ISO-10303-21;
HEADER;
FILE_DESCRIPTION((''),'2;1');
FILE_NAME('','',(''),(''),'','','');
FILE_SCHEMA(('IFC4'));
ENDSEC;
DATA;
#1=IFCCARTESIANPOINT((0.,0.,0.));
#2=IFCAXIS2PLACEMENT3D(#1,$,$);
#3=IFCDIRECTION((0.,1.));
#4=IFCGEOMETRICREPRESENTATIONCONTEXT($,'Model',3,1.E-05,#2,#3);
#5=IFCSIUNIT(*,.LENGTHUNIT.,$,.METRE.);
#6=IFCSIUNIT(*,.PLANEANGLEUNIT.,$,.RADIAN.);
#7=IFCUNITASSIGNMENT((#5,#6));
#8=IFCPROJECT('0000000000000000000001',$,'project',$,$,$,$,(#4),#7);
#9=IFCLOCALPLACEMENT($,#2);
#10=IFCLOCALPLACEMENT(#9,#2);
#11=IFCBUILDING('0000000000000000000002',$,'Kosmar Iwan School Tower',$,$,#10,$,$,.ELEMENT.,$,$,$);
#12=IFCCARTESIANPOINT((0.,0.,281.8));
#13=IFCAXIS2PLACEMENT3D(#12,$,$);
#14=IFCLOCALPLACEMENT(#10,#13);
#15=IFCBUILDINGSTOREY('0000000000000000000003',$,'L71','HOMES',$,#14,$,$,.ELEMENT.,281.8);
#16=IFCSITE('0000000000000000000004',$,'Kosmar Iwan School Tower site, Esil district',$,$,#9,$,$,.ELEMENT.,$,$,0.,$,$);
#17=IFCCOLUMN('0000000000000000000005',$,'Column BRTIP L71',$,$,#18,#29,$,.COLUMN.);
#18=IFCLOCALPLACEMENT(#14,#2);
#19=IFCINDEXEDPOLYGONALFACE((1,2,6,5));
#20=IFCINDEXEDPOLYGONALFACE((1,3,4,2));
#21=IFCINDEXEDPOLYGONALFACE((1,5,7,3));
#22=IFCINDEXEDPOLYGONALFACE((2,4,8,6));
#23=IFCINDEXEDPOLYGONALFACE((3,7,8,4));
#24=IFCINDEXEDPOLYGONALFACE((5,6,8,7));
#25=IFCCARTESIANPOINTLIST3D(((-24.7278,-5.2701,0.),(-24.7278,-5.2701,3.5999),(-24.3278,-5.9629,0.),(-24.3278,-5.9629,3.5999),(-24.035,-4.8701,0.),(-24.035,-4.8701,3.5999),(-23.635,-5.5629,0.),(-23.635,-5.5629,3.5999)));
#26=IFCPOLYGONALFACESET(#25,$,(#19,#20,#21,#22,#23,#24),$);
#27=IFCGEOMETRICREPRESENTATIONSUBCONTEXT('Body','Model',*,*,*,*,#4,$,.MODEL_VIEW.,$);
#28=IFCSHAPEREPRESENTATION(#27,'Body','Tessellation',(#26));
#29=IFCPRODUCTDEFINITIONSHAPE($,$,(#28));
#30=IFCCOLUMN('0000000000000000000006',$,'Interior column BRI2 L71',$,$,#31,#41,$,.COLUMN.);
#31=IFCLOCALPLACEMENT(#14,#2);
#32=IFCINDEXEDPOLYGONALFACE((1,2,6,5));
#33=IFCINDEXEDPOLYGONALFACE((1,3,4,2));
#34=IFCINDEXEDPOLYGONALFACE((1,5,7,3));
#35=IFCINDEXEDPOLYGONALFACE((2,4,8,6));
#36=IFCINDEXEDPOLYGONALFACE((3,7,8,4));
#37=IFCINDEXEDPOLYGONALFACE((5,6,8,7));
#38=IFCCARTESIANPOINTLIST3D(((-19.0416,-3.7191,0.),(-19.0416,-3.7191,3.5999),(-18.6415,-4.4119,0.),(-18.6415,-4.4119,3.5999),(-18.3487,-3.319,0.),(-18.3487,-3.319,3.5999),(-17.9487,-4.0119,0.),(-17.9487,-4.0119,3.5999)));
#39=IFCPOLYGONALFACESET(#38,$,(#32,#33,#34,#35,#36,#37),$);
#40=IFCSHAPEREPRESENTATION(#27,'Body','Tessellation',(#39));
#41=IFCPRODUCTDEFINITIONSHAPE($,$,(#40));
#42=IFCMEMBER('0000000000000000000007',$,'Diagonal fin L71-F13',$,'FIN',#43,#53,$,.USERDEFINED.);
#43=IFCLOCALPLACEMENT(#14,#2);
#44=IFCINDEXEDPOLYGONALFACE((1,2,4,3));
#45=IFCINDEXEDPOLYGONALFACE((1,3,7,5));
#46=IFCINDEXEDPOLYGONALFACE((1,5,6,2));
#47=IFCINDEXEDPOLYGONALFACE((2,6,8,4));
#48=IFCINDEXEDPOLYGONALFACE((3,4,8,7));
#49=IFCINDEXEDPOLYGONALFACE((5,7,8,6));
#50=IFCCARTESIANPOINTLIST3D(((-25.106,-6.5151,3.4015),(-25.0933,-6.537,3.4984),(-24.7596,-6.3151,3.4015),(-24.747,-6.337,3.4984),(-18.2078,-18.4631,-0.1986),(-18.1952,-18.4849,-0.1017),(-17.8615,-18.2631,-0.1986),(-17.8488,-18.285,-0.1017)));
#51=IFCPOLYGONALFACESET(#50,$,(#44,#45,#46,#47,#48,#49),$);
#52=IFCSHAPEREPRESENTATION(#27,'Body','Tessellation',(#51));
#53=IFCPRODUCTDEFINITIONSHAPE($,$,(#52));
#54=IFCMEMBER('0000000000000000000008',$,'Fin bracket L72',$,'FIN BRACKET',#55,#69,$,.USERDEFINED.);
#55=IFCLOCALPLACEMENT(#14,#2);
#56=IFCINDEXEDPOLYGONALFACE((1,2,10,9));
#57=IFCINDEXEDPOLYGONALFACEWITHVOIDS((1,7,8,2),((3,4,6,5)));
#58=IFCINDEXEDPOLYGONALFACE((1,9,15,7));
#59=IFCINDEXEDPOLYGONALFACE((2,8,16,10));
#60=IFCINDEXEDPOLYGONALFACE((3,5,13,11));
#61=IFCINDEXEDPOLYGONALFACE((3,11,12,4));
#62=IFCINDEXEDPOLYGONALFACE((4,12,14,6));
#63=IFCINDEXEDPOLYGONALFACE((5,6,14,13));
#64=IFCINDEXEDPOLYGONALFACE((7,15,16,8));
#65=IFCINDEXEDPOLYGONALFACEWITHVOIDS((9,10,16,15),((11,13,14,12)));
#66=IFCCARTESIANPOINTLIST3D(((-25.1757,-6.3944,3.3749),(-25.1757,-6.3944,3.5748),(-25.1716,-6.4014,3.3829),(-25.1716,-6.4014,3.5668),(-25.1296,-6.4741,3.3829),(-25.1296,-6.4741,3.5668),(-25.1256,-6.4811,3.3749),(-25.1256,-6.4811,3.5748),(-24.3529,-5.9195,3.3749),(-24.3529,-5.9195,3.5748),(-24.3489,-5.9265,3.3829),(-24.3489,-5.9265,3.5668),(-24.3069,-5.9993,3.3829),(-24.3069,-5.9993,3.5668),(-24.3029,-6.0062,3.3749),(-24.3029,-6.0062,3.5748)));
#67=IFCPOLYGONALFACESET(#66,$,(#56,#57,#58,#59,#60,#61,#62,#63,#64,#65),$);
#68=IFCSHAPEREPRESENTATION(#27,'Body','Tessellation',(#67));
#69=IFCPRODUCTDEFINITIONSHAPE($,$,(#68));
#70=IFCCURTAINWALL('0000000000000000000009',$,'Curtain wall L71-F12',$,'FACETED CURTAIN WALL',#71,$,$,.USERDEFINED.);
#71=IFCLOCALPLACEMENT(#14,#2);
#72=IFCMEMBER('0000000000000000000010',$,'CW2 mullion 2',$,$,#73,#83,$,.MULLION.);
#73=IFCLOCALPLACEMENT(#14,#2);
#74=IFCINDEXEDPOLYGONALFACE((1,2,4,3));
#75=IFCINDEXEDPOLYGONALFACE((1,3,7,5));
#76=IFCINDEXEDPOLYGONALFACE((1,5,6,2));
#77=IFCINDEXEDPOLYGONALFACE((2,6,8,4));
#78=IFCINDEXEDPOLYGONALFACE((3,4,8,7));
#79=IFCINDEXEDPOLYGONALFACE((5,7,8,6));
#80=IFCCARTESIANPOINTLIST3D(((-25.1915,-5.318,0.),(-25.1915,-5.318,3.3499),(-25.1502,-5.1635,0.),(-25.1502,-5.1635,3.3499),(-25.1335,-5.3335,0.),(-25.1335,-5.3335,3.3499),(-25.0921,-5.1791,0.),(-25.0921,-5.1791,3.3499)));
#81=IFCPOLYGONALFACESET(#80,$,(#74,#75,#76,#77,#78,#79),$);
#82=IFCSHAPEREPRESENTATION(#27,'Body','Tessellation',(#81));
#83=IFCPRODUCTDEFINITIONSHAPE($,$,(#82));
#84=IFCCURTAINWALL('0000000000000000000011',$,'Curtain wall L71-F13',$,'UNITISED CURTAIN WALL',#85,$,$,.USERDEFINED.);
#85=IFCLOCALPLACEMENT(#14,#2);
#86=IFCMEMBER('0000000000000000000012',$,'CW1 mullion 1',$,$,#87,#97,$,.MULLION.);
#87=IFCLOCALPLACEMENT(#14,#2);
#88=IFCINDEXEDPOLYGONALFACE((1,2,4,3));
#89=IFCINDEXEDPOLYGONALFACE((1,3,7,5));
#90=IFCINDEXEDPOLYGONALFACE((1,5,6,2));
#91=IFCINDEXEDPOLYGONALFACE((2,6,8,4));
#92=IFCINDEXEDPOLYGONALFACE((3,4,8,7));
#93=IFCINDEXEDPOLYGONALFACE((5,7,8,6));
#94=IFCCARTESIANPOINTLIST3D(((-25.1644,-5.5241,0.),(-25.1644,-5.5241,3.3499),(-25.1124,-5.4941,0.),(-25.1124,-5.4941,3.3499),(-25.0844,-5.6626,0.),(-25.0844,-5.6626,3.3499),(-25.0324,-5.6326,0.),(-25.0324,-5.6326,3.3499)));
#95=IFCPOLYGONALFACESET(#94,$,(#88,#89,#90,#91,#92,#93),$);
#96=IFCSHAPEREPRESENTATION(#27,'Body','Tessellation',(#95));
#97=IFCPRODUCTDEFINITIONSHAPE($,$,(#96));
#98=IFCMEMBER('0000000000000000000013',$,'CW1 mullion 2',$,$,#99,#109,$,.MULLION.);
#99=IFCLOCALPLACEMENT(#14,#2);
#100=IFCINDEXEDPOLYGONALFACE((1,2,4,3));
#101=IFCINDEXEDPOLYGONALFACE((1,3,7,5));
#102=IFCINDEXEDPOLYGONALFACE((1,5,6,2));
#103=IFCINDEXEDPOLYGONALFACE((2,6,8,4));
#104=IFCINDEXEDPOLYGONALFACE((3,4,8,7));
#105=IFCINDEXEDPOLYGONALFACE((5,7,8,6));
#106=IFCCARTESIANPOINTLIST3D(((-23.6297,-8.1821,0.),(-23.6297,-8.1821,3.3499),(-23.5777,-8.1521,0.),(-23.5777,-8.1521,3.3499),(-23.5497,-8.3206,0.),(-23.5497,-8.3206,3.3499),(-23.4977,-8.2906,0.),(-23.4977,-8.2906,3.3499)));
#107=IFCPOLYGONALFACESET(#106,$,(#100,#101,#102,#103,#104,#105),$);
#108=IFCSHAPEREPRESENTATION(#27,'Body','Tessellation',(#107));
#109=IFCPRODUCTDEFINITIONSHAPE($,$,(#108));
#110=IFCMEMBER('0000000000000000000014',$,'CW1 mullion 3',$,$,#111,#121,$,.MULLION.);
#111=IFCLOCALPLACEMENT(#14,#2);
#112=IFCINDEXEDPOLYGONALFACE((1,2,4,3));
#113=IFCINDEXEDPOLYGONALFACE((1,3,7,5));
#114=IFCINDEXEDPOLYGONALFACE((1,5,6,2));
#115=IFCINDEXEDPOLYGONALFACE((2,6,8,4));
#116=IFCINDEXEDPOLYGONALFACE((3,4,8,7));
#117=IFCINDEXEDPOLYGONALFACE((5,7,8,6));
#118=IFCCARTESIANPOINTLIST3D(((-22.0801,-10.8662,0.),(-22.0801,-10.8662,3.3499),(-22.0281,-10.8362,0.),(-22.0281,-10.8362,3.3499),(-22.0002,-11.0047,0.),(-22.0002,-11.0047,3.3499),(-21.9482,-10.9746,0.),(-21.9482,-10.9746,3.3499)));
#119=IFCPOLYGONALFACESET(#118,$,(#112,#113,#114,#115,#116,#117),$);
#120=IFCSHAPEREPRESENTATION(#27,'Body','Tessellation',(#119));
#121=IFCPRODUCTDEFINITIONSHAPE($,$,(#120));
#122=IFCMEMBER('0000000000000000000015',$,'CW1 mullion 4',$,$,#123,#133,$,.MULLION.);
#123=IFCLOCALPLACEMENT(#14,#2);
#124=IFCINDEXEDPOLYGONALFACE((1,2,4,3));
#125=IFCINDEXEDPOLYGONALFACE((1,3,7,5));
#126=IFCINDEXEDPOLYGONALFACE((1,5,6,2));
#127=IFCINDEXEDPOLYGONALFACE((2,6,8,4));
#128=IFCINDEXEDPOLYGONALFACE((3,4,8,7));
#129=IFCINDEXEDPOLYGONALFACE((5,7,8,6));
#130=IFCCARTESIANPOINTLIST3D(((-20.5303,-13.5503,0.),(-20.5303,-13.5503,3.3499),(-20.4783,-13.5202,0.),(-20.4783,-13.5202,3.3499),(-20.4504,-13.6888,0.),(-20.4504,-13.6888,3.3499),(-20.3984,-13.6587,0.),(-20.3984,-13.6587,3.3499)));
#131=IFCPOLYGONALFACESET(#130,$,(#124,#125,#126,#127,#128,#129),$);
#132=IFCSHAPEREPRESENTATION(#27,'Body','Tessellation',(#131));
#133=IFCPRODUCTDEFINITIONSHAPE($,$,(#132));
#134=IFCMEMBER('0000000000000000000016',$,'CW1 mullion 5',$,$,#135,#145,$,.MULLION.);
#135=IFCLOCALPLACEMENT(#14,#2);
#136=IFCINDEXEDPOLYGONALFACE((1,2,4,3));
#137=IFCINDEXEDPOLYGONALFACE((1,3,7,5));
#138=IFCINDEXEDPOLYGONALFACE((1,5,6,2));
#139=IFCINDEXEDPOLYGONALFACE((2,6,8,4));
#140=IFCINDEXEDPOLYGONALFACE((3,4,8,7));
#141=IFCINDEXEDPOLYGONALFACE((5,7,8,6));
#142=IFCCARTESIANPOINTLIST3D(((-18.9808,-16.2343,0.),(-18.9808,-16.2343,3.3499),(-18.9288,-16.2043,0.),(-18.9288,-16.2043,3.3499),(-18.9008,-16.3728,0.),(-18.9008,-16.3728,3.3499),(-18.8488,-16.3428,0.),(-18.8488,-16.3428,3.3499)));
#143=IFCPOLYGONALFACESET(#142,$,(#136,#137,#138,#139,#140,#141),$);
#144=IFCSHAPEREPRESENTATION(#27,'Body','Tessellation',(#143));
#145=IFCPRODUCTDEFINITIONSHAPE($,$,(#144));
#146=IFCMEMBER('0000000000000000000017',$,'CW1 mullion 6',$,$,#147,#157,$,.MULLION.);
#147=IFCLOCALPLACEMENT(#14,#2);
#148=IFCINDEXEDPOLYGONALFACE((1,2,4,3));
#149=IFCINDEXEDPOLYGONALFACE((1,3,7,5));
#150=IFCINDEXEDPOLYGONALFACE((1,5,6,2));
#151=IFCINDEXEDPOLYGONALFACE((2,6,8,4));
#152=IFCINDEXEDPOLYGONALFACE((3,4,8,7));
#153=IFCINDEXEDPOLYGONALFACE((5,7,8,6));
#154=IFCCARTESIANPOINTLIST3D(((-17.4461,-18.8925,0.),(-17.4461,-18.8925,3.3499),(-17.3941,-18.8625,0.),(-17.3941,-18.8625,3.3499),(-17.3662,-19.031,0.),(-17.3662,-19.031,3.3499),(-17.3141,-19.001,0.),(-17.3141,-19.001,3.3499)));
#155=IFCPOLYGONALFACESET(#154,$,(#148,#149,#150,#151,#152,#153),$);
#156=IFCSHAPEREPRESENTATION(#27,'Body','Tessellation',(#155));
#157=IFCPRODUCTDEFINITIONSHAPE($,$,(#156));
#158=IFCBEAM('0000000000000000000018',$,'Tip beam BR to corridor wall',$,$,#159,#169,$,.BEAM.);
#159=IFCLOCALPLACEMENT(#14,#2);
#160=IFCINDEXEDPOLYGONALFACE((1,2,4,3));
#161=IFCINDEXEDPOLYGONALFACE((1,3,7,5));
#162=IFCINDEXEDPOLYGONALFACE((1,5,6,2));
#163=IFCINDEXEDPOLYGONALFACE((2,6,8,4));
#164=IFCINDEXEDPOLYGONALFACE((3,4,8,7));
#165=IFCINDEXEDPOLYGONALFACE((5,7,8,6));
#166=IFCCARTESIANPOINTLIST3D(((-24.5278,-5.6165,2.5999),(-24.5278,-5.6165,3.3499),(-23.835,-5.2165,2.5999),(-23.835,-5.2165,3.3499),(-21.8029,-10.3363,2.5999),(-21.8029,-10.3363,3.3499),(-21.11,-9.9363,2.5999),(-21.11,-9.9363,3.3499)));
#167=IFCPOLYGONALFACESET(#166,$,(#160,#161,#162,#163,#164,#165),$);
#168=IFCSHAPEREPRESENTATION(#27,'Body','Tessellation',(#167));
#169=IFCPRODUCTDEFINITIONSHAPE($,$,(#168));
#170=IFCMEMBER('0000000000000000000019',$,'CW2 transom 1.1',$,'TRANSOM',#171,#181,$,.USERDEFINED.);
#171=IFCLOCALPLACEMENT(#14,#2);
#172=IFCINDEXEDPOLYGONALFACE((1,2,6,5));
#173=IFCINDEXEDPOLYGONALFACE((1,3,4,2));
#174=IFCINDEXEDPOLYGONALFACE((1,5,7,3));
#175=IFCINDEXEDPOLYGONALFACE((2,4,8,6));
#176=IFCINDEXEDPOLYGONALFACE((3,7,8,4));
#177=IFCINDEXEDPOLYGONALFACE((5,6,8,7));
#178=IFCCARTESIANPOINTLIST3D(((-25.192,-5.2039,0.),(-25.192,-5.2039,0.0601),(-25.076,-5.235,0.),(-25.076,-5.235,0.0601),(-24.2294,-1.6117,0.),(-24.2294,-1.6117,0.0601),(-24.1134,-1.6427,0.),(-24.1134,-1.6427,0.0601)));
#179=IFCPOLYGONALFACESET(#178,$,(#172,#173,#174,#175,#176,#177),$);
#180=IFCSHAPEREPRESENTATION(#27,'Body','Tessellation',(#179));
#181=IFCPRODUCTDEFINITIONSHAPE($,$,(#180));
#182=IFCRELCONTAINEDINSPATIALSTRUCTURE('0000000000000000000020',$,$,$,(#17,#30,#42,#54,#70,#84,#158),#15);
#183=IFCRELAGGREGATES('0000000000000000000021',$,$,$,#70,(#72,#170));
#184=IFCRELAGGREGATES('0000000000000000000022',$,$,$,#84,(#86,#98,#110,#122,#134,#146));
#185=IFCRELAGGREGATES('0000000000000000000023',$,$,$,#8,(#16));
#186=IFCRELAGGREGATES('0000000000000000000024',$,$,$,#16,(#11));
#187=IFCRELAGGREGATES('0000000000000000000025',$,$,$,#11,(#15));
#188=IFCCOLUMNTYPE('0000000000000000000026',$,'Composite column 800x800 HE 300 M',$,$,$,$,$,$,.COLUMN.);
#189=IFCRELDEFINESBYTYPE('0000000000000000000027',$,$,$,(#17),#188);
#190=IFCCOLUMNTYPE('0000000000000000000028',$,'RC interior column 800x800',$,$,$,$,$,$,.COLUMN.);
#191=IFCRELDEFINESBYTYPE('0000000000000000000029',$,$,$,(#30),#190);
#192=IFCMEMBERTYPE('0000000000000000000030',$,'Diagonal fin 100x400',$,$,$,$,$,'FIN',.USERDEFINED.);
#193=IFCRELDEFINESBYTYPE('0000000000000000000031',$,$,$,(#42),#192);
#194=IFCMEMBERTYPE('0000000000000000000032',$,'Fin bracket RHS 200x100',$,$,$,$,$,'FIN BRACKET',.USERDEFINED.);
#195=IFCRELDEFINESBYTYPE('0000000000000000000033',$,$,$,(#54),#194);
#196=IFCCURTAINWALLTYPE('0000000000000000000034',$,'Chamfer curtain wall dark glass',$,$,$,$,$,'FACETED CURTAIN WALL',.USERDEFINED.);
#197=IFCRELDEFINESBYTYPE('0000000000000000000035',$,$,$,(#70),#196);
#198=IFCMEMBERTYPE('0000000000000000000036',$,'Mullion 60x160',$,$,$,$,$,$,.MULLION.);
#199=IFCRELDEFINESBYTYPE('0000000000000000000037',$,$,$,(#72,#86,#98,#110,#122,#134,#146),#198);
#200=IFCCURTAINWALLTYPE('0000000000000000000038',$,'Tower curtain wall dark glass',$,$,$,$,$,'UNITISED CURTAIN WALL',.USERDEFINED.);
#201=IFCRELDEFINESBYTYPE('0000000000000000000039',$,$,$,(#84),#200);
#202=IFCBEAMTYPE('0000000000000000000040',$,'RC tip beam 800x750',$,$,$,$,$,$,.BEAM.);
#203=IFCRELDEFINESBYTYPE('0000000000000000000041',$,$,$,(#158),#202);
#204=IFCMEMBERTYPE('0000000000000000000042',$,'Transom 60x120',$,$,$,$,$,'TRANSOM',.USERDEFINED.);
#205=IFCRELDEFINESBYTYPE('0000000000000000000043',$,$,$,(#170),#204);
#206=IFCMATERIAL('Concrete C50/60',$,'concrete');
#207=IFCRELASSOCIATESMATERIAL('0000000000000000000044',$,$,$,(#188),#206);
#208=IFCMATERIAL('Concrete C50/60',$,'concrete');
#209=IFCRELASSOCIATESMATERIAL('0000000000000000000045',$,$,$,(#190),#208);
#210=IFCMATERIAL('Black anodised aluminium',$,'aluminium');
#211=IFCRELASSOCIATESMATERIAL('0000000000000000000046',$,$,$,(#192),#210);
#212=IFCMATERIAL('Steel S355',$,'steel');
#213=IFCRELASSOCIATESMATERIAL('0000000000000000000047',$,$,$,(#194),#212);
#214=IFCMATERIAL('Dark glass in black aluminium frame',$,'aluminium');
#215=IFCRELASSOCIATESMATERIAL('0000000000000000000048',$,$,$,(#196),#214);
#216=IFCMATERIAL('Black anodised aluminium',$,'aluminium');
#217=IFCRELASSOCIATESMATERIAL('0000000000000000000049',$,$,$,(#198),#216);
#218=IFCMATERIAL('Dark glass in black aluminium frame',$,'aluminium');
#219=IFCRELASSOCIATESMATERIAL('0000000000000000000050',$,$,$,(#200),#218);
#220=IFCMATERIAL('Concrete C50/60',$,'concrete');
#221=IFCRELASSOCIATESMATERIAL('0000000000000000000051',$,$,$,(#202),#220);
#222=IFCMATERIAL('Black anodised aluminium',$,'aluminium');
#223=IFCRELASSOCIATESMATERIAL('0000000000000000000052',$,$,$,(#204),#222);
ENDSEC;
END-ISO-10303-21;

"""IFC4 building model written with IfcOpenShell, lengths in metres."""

from ifc_helpers import new_model, si_unit, direction, frame, origin, origin_2d, place, context, subcontext, project, spatial, rectangle, hollow_rectangle, extrude, material, material_profile, profile_set, type_object, element, aggregate, save


model = new_model("IFC4")

# Units and contexts
model_context = context("Model", 3, precision=1e-05, world=origin(), true_north=direction((0.0, 1.0)))
body_context = subcontext(model_context, "Body", "Model", "MODEL_VIEW")
ifc_project = project(units=[si_unit("LENGTHUNIT", "METRE"), si_unit("PLANEANGLEUNIT", "RADIAN")], contexts=[model_context])

# Site, building, storey
site_placement = place(None, origin())
site = spatial("IfcSite", under=ifc_project, at=site_placement, Name="Kosmar Iwan School Tower site, Esil district", CompositionType="ELEMENT", RefElevation=0.0)
building_placement = place(site_placement, origin())
building = spatial("IfcBuilding", under=site, at=building_placement, Name="Kosmar Iwan School Tower", CompositionType="ELEMENT")
storey_placement = place(building_placement, frame((0.0, 0.0, 281.8)))
storey = spatial("IfcBuildingStorey", under=building, at=storey_placement, Name="L71", Description="HOMES", CompositionType="ELEMENT", Elevation=281.8)

# Columns
ifc_material_1 = material(Name="Concrete C50/60", Category="concrete")
ifc_material_profile_1 = material_profile(ifc_material_1, rectangle(XDim=0.8, YDim=0.8, at=origin_2d()), Name="RC 800x800 + HE 300 M")
ifc_profile_set_1 = profile_set([ifc_material_profile_1], Name="Concrete C50/60")
column_type_1 = type_object("IfcColumnType", Name="Composite column 800x800 HE 300 M", PredefinedType="COLUMN", material=ifc_profile_set_1)
column_1_placement = place(storey_placement, frame((-24.1814, -5.4165, 0.0), z_axis=(0.0, 0.0, 1.0), x_axis=(-0.866025, -0.5, 0.0)))
element("IfcColumn", 1, at=column_1_placement, inside=storey, type_object=column_type_1, Name="Column BRTIP L71", PredefinedType="COLUMN", context=body_context, shape_type="SweptSolid", body=[
    extrude(rectangle(XDim=0.8, YDim=0.8, at=origin_2d()), origin(), (0.0, 0.0, 1.0), 3.5999),
])
ifc_material_2 = material(Name="Concrete C50/60", Category="concrete")
ifc_material_profile_2 = material_profile(ifc_material_2, rectangle(XDim=0.8, YDim=0.8, at=origin_2d()), Name="RC 800x800")
ifc_profile_set_2 = profile_set([ifc_material_profile_2], Name="Concrete C50/60")
column_type_2 = type_object("IfcColumnType", Name="RC interior column 800x800", PredefinedType="COLUMN", material=ifc_profile_set_2)
column_2_placement = place(storey_placement, frame((-18.4951, -3.8655, 0.0), z_axis=(0.0, 0.0, 1.0), x_axis=(-0.866025, -0.5, 0.0)))
element("IfcColumn", 2, at=column_2_placement, inside=storey, type_object=column_type_2, Name="Interior column BRI2 L71", PredefinedType="COLUMN", context=body_context, shape_type="SweptSolid", body=[
    extrude(rectangle(XDim=0.8, YDim=0.8, at=origin_2d()), origin(), (0.0, 0.0, 1.0), 3.5999),
])

# Members
ifc_material_3 = material(Name="Black anodised aluminium", Category="aluminium")
ifc_material_profile_3 = material_profile(ifc_material_3, rectangle(XDim=0.1001, YDim=0.3999, at=origin_2d()), Name="FIN 100x400")
ifc_profile_set_3 = profile_set([ifc_material_profile_3], Name="Black anodised aluminium")
member_type_1 = type_object("IfcMemberType", Name="Diagonal fin 100x400", ElementType="FIN", PredefinedType="USERDEFINED", material=ifc_profile_set_3)
member_1_placement = place(storey_placement, frame((-18.0283, -18.374, -0.1501), z_axis=(-0.4838, 0.837965, 0.252491), x_axis=(0.126245, -0.218663, 0.967599)))
element("IfcMember", 3, at=member_1_placement, inside=storey, type_object=member_type_1, Name="Diagonal fin L71-F13", ObjectType="FIN", PredefinedType="USERDEFINED", context=body_context, shape_type="SweptSolid", body=[
    extrude(rectangle(XDim=0.1001, YDim=0.3999, at=origin_2d()), origin(), (0.0, 0.0, 1.0), 14.2583),
])
ifc_material_4 = material(Name="Steel S355", Category="steel")
ifc_material_profile_4 = material_profile(ifc_material_4, hollow_rectangle(XDim=0.1001, YDim=0.2, WallThickness=0.0081, at=origin_2d()), Name="RHS 200x100x8")
ifc_profile_set_4 = profile_set([ifc_material_profile_4], Name="Steel S355")
member_type_2 = type_object("IfcMemberType", Name="Fin bracket RHS 200x100", ElementType="FIN BRACKET", PredefinedType="USERDEFINED", material=ifc_profile_set_4)
member_2_placement = place(storey_placement, frame((-24.3279, -5.9629, 3.4749), z_axis=(-0.8661, -0.499871, 0.0), x_axis=(0.499871, -0.8661, 0.0)))
element("IfcMember", 4, at=member_2_placement, inside=storey, type_object=member_type_2, Name="Fin bracket L72", ObjectType="FIN BRACKET", PredefinedType="USERDEFINED", context=body_context, shape_type="SweptSolid", body=[
    extrude(hollow_rectangle(XDim=0.1001, YDim=0.2, WallThickness=0.0081, at=origin_2d()), origin(), (0.0, 0.0, 1.0), 0.95),
])

# Curtain wall, member
ifc_material_5 = material(Name="Dark glass in black aluminium frame", Category="aluminium")
curtain_wall_type_1 = type_object("IfcCurtainWallType", Name="Chamfer curtain wall dark glass", ElementType="FACETED CURTAIN WALL", PredefinedType="USERDEFINED", material=ifc_material_5)
curtain_wall_1_placement = place(storey_placement, origin())
curtain_wall_1 = element("IfcCurtainWall", 5, at=curtain_wall_1_placement, inside=storey, type_object=curtain_wall_type_1, Name="Curtain wall L71-F12", ObjectType="FACETED CURTAIN WALL", PredefinedType="USERDEFINED")
ifc_material_6 = material(Name="Black anodised aluminium", Category="aluminium")
ifc_material_profile_5 = material_profile(ifc_material_6, rectangle(XDim=0.0601, YDim=0.1599, at=origin_2d()), Name="MULLION 60x160")
ifc_profile_set_5 = profile_set([ifc_material_profile_5], Name="Black anodised aluminium")
member_type_3 = type_object("IfcMemberType", Name="Mullion 60x160", PredefinedType="MULLION", material=ifc_profile_set_5)
member_3_placement = place(storey_placement, frame((-25.1418, -5.2485, 0.0), z_axis=(0.0, 0.0, 1.0), x_axis=(0.965926, -0.258819, 0.0)))
member_3 = element("IfcMember", 6, at=member_3_placement, type_object=member_type_3, Name="CW2 mullion 2", PredefinedType="MULLION", context=body_context, shape_type="SweptSolid", body=[
    extrude(rectangle(XDim=0.0601, YDim=0.1599, at=origin_2d()), origin(), (0.0, 0.0, 1.0), 3.3499),
])

# Curtain wall, members
ifc_material_7 = material(Name="Dark glass in black aluminium frame", Category="aluminium")
curtain_wall_type_2 = type_object("IfcCurtainWallType", Name="Tower curtain wall dark glass", ElementType="UNITISED CURTAIN WALL", PredefinedType="USERDEFINED", material=ifc_material_7)
curtain_wall_2_placement = place(storey_placement, origin())
curtain_wall_2 = element("IfcCurtainWall", 7, at=curtain_wall_2_placement, inside=storey, type_object=curtain_wall_type_2, Name="Curtain wall L71-F13", ObjectType="UNITISED CURTAIN WALL", PredefinedType="USERDEFINED")
member_4_placement = place(storey_placement, frame((-25.0984, -5.5784, 0.0), z_axis=(0.0, 0.0, 1.0), x_axis=(0.866025, 0.5, 0.0)))
member_4 = element("IfcMember", 8, at=member_4_placement, type_object=member_type_3, Name="CW1 mullion 1", PredefinedType="MULLION", context=body_context, shape_type="SweptSolid", body=[
    extrude(rectangle(XDim=0.0601, YDim=0.1599, at=origin_2d()), origin(), (0.0, 0.0, 1.0), 3.3499),
])
member_5_placement = place(storey_placement, frame((-23.5637, -8.2363, 0.0), z_axis=(0.0, 0.0, 1.0), x_axis=(0.866025, 0.5, 0.0)))
member_5 = element("IfcMember", 9, at=member_5_placement, type_object=member_type_3, Name="CW1 mullion 2", PredefinedType="MULLION", context=body_context, shape_type="SweptSolid", body=[
    extrude(rectangle(XDim=0.0601, YDim=0.1599, at=origin_2d()), origin(), (0.0, 0.0, 1.0), 3.3499),
])
member_6_placement = place(storey_placement, frame((-22.0142, -10.9204, 0.0), z_axis=(0.0, 0.0, 1.0), x_axis=(0.866025, 0.5, 0.0)))
member_6 = element("IfcMember", 10, at=member_6_placement, type_object=member_type_3, Name="CW1 mullion 3", PredefinedType="MULLION", context=body_context, shape_type="SweptSolid", body=[
    extrude(rectangle(XDim=0.0601, YDim=0.1599, at=origin_2d()), origin(), (0.0, 0.0, 1.0), 3.3499),
])
member_7_placement = place(storey_placement, frame((-20.4644, -13.6045, 0.0), z_axis=(0.0, 0.0, 1.0), x_axis=(0.866025, 0.5, 0.0)))
member_7 = element("IfcMember", 11, at=member_7_placement, type_object=member_type_3, Name="CW1 mullion 4", PredefinedType="MULLION", context=body_context, shape_type="SweptSolid", body=[
    extrude(rectangle(XDim=0.0601, YDim=0.1599, at=origin_2d()), origin(), (0.0, 0.0, 1.0), 3.3499),
])
member_8_placement = place(storey_placement, frame((-18.9148, -16.2886, 0.0), z_axis=(0.0, 0.0, 1.0), x_axis=(0.866025, 0.5, 0.0)))
member_8 = element("IfcMember", 12, at=member_8_placement, type_object=member_type_3, Name="CW1 mullion 5", PredefinedType="MULLION", context=body_context, shape_type="SweptSolid", body=[
    extrude(rectangle(XDim=0.0601, YDim=0.1599, at=origin_2d()), origin(), (0.0, 0.0, 1.0), 3.3499),
])
member_9_placement = place(storey_placement, frame((-17.3801, -18.9468, 0.0), z_axis=(0.0, 0.0, 1.0), x_axis=(0.866025, 0.5, 0.0)))
member_9 = element("IfcMember", 13, at=member_9_placement, type_object=member_type_3, Name="CW1 mullion 6", PredefinedType="MULLION", context=body_context, shape_type="SweptSolid", body=[
    extrude(rectangle(XDim=0.0601, YDim=0.1599, at=origin_2d()), origin(), (0.0, 0.0, 1.0), 3.3499),
])

# Beam
ifc_material_8 = material(Name="Concrete C50/60", Category="concrete")
ifc_material_profile_6 = material_profile(ifc_material_8, rectangle(XDim=0.8, YDim=0.75, at=origin_2d()), Name="RC 800x750")
ifc_profile_set_6 = profile_set([ifc_material_profile_6], Name="Concrete C50/60")
beam_type = type_object("IfcBeamType", Name="RC tip beam 800x750", PredefinedType="BEAM", material=ifc_profile_set_6)
beam_placement = place(storey_placement, frame((-24.1814, -5.4165, 2.9749), z_axis=(0.499989, -0.866032, 0.0), x_axis=(0.866032, 0.499989, 0.0)))
element("IfcBeam", 14, at=beam_placement, inside=storey, type_object=beam_type, Name="Tip beam BR to corridor wall", PredefinedType="BEAM", context=body_context, shape_type="SweptSolid", body=[
    extrude(rectangle(XDim=0.8, YDim=0.75, at=origin_2d()), origin(), (0.0, 0.0, 1.0), 5.45),
])

# Member
ifc_material_9 = material(Name="Black anodised aluminium", Category="aluminium")
ifc_material_profile_7 = material_profile(ifc_material_9, rectangle(XDim=0.1201, YDim=0.0601, at=origin_2d()), Name="TRANSOM 60x120")
ifc_profile_set_7 = profile_set([ifc_material_profile_7], Name="Black anodised aluminium")
member_type_4 = type_object("IfcMemberType", Name="Transom 60x120", ElementType="TRANSOM", PredefinedType="USERDEFINED", material=ifc_profile_set_7)
member_10_placement = place(storey_placement, frame((-24.1714, -1.6272, 0.03), z_axis=(-0.258843, -0.965919, 0.0), x_axis=(0.965919, -0.258843, 0.0)))
member_10 = element("IfcMember", 15, at=member_10_placement, type_object=member_type_4, Name="CW2 transom 1.1", ObjectType="TRANSOM", PredefinedType="USERDEFINED", context=body_context, shape_type="SweptSolid", body=[
    extrude(rectangle(XDim=0.1201, YDim=0.0601, at=origin_2d()), origin(), (0.0, 0.0, 1.0), 3.719),
])

aggregate(curtain_wall_1, [member_3, member_10])
aggregate(curtain_wall_2, [member_4, member_5, member_6, member_7, member_8, member_9])

save(model, "model.ifc")
